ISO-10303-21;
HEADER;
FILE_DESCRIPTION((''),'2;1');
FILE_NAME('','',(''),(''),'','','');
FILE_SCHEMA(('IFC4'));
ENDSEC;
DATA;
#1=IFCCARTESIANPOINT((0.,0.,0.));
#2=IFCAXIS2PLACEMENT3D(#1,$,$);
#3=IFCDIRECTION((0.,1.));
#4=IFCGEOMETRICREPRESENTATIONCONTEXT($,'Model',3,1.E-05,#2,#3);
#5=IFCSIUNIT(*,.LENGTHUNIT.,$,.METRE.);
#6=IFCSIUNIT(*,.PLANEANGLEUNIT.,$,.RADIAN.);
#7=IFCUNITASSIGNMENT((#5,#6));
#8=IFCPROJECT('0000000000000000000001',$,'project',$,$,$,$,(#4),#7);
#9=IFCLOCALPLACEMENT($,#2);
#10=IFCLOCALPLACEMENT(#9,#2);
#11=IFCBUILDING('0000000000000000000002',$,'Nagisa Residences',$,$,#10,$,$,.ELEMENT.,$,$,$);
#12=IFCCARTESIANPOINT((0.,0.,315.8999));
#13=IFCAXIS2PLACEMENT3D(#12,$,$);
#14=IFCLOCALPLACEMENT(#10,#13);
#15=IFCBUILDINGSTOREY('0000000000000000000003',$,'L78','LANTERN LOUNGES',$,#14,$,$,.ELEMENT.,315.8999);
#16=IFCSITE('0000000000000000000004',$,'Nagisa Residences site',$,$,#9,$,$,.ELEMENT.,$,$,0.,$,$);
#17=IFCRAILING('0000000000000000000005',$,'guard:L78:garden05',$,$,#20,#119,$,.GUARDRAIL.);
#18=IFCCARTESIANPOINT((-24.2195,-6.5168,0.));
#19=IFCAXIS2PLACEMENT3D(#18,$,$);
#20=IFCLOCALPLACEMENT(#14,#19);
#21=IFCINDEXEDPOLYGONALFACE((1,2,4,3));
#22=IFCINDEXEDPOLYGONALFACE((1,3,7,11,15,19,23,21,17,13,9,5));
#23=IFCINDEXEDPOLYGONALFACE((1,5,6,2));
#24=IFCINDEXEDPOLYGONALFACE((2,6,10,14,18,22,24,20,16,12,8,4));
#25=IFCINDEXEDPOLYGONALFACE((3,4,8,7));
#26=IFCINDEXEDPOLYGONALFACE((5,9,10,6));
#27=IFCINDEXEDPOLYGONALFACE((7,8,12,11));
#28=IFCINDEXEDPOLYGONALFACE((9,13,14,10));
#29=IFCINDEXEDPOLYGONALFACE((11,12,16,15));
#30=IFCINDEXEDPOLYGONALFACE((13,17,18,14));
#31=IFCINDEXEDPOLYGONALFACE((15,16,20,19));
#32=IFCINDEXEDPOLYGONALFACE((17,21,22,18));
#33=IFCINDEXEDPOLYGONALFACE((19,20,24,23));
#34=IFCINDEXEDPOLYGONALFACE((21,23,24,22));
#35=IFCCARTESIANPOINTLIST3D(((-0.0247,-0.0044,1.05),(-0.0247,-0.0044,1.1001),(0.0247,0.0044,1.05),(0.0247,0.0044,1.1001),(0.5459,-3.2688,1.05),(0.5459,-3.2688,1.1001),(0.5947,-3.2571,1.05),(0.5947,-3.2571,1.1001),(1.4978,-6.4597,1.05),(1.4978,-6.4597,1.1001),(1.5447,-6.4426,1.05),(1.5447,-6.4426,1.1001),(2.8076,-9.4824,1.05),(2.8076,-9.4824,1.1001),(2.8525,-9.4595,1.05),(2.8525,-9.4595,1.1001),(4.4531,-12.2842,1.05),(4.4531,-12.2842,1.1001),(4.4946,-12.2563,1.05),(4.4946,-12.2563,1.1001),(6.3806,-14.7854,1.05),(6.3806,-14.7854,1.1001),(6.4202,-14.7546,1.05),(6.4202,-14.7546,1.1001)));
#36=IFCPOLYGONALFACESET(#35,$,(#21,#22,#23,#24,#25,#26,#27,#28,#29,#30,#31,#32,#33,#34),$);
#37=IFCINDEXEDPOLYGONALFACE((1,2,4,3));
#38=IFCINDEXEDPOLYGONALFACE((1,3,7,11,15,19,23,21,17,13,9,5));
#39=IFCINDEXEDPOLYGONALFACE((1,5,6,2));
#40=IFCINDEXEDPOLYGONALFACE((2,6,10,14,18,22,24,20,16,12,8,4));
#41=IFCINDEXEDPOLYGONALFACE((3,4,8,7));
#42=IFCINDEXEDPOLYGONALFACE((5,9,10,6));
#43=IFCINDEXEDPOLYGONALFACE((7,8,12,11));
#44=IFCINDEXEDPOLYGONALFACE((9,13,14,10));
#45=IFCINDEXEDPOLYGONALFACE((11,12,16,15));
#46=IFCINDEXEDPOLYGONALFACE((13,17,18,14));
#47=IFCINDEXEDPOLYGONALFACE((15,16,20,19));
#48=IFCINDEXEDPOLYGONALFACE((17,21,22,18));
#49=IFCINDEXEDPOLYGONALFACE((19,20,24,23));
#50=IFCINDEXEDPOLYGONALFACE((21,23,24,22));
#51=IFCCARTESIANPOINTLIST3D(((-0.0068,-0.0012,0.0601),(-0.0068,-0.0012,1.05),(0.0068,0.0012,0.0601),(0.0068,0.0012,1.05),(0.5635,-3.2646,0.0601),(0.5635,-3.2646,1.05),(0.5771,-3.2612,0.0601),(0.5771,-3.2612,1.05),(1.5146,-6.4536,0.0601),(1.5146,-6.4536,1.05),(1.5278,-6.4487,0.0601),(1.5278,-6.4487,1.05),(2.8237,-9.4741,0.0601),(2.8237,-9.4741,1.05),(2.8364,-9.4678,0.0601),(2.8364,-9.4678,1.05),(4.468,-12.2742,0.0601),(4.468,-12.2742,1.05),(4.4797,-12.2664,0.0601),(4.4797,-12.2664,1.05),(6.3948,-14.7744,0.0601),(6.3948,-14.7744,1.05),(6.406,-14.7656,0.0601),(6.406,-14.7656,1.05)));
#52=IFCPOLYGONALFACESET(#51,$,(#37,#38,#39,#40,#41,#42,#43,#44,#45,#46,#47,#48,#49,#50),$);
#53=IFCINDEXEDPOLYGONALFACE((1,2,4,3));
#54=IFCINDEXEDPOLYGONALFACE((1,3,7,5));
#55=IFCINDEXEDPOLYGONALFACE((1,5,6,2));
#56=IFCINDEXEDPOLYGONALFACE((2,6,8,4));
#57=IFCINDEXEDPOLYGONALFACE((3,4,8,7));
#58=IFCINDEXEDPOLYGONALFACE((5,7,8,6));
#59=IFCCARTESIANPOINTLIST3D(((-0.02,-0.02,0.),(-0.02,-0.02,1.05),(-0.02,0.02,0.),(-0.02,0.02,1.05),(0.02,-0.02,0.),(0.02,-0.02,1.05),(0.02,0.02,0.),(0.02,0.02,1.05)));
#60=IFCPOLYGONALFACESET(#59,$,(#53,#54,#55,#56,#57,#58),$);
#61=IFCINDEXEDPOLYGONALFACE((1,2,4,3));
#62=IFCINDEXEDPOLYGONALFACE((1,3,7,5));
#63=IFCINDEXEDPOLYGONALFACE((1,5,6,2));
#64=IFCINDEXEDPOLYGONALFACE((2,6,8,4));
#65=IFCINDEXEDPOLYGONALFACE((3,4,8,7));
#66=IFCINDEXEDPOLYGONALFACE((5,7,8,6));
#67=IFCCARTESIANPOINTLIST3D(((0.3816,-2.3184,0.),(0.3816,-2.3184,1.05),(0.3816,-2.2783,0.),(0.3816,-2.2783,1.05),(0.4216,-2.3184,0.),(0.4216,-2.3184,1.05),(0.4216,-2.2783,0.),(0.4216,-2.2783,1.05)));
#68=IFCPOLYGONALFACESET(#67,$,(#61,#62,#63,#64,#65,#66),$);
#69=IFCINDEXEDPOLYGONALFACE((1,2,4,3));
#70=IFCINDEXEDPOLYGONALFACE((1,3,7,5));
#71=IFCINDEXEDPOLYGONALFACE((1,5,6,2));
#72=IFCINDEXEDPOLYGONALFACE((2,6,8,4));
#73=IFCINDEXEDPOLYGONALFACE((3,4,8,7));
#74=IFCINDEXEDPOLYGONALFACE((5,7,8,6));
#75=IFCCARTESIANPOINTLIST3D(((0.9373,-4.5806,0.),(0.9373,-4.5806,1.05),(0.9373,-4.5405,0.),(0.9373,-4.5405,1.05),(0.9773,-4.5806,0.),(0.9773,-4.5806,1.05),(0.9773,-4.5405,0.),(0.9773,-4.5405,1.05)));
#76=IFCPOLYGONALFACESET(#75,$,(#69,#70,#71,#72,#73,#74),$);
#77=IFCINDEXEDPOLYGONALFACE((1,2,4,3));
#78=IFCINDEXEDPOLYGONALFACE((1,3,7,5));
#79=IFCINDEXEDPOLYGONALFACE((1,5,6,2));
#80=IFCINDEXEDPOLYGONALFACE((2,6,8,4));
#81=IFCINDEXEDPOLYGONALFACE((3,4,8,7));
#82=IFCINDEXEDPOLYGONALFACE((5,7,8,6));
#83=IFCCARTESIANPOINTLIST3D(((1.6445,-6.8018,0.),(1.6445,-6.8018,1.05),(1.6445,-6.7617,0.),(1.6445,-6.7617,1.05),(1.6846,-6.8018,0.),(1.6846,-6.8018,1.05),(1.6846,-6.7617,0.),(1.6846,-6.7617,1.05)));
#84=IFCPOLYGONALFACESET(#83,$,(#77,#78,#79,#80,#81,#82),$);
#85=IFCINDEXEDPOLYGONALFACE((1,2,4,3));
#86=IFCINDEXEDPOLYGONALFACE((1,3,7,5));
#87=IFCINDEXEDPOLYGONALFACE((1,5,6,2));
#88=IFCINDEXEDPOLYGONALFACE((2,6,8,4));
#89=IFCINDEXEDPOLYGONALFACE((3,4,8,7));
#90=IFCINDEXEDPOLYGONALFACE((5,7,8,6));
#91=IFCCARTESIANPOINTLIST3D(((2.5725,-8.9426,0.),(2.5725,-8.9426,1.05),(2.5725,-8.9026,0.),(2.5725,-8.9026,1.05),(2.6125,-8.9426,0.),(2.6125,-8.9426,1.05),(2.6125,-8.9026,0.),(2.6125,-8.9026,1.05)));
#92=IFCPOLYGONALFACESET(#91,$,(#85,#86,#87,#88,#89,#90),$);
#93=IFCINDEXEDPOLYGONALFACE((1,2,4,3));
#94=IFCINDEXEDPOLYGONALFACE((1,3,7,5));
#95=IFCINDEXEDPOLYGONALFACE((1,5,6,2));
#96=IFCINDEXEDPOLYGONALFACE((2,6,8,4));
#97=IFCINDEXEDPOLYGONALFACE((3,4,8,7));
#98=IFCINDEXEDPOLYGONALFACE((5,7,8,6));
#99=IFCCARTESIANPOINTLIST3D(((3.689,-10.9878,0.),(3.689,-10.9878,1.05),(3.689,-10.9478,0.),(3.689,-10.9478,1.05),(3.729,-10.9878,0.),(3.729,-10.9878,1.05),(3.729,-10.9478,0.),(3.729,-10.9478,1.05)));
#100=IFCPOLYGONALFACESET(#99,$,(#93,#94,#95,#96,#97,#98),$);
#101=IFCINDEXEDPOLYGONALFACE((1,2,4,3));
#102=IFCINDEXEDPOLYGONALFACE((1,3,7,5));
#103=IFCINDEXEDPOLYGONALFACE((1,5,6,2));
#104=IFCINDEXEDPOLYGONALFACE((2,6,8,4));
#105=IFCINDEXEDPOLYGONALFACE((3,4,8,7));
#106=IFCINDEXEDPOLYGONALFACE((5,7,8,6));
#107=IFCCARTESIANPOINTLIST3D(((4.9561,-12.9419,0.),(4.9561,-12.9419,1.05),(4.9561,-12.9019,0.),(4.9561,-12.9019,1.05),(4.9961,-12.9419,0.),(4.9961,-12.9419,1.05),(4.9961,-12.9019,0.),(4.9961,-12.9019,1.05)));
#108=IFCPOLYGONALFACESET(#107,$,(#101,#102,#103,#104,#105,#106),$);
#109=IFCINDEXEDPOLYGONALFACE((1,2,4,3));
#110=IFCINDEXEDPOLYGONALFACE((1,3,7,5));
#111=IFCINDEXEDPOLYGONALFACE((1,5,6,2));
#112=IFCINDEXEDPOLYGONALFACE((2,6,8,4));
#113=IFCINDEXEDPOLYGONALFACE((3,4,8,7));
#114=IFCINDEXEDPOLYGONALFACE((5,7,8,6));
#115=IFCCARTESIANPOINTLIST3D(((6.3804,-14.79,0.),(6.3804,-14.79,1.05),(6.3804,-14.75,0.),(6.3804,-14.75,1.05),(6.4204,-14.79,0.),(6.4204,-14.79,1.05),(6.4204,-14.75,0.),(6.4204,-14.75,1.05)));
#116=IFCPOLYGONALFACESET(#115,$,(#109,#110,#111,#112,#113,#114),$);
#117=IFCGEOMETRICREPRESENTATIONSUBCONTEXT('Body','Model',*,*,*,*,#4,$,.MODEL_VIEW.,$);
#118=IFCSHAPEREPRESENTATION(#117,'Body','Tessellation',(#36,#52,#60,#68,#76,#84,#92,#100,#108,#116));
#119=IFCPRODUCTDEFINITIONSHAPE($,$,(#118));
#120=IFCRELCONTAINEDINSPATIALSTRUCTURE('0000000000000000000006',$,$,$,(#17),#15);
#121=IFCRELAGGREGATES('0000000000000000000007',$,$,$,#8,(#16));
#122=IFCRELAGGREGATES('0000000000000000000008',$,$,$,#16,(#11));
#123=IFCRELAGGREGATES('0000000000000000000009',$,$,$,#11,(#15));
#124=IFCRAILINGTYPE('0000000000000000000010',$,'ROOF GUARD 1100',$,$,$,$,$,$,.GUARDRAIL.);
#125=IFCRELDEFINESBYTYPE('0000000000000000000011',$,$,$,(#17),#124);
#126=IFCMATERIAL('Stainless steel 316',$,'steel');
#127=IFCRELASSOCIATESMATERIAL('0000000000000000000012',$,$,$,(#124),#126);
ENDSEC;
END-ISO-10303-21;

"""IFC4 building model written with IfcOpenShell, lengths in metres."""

from ifc_helpers import new_model, si_unit, direction, frame, origin, origin_2d, place, context, subcontext, project, spatial, polyline, rectangle, outline, extrude, material, type_object, element, save


model = new_model("IFC4")

# Units and contexts
model_context = context("Model", 3, precision=1e-05, world=origin(), true_north=direction((0.0, 1.0)))
body_context = subcontext(model_context, "Body", "Model", "MODEL_VIEW")
ifc_project = project(units=[si_unit("LENGTHUNIT", "METRE"), si_unit("PLANEANGLEUNIT", "RADIAN")], contexts=[model_context])

# Site, building, storey
site_placement = place(None, origin())
site = spatial("IfcSite", under=ifc_project, at=site_placement, Name="Nagisa Residences site", CompositionType="ELEMENT", RefElevation=0.0)
building_placement = place(site_placement, origin())
building = spatial("IfcBuilding", under=site, at=building_placement, Name="Nagisa Residences", CompositionType="ELEMENT")
storey_placement = place(building_placement, frame((0.0, 0.0, 315.8999)))
storey = spatial("IfcBuildingStorey", under=building, at=storey_placement, Name="L78", Description="LANTERN LOUNGES", CompositionType="ELEMENT", Elevation=315.8999)

# Railing
ifc_material_1 = material(Name="Stainless steel 316", Category="steel")
railing_type = type_object("IfcRailingType", Name="ROOF GUARD 1100", PredefinedType="GUARDRAIL", material=ifc_material_1)
railing_placement = place(storey_placement, frame((-24.2195, -6.5168, 0.0)))
element("IfcRailing", 1, at=railing_placement, inside=storey, type_object=railing_type, Name="guard:L78:garden05", PredefinedType="GUARDRAIL", context=body_context, shape_type="SweptSolid", body=[
    extrude(outline(polyline([(0.5947, -3.2571), (0.0247, 0.0044), (-0.0247, -0.0044), (0.5459, -3.2688), (1.4978, -6.4597), (2.8076, -9.4824), (4.4531, -12.2842), (6.3806, -14.7854), (6.4202, -14.7546), (4.4946, -12.2563), (2.8525, -9.4595), (1.5447, -6.4426), (0.5947, -3.2571)])), frame((0.0, 0.0, 1.05)), (0.0, 0.0, 1.0), 0.05),
    extrude(outline(polyline([(0.5771, -3.2612), (0.0068, 0.0012), (-0.0068, -0.0012), (0.5635, -3.2646), (1.5146, -6.4536), (2.8237, -9.4741), (4.468, -12.2742), (6.3948, -14.7744), (6.406, -14.7656), (4.4797, -12.2664), (2.8364, -9.4678), (1.5278, -6.4487), (0.5771, -3.2612)])), frame((0.0, 0.0, 0.0601)), (0.0, 0.0, 1.0), 0.99),
    extrude(rectangle(XDim=0.04, YDim=0.04, at=origin_2d()), origin(), (0.0, 0.0, 1.0), 1.05),
    extrude(rectangle(XDim=0.04, YDim=0.04, at=origin_2d()), frame((0.4016, -2.2983, 0.0)), (0.0, 0.0, 1.0), 1.05),
    extrude(rectangle(XDim=0.04, YDim=0.04, at=origin_2d()), frame((0.9573, -4.5605, 0.0)), (0.0, 0.0, 1.0), 1.05),
    extrude(rectangle(XDim=0.04, YDim=0.04, at=origin_2d()), frame((1.6646, -6.7817, 0.0)), (0.0, 0.0, 1.0), 1.05),
    extrude(rectangle(XDim=0.04, YDim=0.04, at=origin_2d()), frame((2.5925, -8.9226, 0.0)), (0.0, 0.0, 1.0), 1.05),
    extrude(rectangle(XDim=0.04, YDim=0.04, at=origin_2d()), frame((3.709, -10.9678, 0.0)), (0.0, 0.0, 1.0), 1.05),
    extrude(rectangle(XDim=0.04, YDim=0.04, at=origin_2d()), frame((4.9761, -12.9219, 0.0)), (0.0, 0.0, 1.0), 1.05),
    extrude(rectangle(XDim=0.04, YDim=0.04, at=origin_2d()), frame((6.4004, -14.77, 0.0)), (0.0, 0.0, 1.0), 1.05),
])

save(model, "model.ifc")
